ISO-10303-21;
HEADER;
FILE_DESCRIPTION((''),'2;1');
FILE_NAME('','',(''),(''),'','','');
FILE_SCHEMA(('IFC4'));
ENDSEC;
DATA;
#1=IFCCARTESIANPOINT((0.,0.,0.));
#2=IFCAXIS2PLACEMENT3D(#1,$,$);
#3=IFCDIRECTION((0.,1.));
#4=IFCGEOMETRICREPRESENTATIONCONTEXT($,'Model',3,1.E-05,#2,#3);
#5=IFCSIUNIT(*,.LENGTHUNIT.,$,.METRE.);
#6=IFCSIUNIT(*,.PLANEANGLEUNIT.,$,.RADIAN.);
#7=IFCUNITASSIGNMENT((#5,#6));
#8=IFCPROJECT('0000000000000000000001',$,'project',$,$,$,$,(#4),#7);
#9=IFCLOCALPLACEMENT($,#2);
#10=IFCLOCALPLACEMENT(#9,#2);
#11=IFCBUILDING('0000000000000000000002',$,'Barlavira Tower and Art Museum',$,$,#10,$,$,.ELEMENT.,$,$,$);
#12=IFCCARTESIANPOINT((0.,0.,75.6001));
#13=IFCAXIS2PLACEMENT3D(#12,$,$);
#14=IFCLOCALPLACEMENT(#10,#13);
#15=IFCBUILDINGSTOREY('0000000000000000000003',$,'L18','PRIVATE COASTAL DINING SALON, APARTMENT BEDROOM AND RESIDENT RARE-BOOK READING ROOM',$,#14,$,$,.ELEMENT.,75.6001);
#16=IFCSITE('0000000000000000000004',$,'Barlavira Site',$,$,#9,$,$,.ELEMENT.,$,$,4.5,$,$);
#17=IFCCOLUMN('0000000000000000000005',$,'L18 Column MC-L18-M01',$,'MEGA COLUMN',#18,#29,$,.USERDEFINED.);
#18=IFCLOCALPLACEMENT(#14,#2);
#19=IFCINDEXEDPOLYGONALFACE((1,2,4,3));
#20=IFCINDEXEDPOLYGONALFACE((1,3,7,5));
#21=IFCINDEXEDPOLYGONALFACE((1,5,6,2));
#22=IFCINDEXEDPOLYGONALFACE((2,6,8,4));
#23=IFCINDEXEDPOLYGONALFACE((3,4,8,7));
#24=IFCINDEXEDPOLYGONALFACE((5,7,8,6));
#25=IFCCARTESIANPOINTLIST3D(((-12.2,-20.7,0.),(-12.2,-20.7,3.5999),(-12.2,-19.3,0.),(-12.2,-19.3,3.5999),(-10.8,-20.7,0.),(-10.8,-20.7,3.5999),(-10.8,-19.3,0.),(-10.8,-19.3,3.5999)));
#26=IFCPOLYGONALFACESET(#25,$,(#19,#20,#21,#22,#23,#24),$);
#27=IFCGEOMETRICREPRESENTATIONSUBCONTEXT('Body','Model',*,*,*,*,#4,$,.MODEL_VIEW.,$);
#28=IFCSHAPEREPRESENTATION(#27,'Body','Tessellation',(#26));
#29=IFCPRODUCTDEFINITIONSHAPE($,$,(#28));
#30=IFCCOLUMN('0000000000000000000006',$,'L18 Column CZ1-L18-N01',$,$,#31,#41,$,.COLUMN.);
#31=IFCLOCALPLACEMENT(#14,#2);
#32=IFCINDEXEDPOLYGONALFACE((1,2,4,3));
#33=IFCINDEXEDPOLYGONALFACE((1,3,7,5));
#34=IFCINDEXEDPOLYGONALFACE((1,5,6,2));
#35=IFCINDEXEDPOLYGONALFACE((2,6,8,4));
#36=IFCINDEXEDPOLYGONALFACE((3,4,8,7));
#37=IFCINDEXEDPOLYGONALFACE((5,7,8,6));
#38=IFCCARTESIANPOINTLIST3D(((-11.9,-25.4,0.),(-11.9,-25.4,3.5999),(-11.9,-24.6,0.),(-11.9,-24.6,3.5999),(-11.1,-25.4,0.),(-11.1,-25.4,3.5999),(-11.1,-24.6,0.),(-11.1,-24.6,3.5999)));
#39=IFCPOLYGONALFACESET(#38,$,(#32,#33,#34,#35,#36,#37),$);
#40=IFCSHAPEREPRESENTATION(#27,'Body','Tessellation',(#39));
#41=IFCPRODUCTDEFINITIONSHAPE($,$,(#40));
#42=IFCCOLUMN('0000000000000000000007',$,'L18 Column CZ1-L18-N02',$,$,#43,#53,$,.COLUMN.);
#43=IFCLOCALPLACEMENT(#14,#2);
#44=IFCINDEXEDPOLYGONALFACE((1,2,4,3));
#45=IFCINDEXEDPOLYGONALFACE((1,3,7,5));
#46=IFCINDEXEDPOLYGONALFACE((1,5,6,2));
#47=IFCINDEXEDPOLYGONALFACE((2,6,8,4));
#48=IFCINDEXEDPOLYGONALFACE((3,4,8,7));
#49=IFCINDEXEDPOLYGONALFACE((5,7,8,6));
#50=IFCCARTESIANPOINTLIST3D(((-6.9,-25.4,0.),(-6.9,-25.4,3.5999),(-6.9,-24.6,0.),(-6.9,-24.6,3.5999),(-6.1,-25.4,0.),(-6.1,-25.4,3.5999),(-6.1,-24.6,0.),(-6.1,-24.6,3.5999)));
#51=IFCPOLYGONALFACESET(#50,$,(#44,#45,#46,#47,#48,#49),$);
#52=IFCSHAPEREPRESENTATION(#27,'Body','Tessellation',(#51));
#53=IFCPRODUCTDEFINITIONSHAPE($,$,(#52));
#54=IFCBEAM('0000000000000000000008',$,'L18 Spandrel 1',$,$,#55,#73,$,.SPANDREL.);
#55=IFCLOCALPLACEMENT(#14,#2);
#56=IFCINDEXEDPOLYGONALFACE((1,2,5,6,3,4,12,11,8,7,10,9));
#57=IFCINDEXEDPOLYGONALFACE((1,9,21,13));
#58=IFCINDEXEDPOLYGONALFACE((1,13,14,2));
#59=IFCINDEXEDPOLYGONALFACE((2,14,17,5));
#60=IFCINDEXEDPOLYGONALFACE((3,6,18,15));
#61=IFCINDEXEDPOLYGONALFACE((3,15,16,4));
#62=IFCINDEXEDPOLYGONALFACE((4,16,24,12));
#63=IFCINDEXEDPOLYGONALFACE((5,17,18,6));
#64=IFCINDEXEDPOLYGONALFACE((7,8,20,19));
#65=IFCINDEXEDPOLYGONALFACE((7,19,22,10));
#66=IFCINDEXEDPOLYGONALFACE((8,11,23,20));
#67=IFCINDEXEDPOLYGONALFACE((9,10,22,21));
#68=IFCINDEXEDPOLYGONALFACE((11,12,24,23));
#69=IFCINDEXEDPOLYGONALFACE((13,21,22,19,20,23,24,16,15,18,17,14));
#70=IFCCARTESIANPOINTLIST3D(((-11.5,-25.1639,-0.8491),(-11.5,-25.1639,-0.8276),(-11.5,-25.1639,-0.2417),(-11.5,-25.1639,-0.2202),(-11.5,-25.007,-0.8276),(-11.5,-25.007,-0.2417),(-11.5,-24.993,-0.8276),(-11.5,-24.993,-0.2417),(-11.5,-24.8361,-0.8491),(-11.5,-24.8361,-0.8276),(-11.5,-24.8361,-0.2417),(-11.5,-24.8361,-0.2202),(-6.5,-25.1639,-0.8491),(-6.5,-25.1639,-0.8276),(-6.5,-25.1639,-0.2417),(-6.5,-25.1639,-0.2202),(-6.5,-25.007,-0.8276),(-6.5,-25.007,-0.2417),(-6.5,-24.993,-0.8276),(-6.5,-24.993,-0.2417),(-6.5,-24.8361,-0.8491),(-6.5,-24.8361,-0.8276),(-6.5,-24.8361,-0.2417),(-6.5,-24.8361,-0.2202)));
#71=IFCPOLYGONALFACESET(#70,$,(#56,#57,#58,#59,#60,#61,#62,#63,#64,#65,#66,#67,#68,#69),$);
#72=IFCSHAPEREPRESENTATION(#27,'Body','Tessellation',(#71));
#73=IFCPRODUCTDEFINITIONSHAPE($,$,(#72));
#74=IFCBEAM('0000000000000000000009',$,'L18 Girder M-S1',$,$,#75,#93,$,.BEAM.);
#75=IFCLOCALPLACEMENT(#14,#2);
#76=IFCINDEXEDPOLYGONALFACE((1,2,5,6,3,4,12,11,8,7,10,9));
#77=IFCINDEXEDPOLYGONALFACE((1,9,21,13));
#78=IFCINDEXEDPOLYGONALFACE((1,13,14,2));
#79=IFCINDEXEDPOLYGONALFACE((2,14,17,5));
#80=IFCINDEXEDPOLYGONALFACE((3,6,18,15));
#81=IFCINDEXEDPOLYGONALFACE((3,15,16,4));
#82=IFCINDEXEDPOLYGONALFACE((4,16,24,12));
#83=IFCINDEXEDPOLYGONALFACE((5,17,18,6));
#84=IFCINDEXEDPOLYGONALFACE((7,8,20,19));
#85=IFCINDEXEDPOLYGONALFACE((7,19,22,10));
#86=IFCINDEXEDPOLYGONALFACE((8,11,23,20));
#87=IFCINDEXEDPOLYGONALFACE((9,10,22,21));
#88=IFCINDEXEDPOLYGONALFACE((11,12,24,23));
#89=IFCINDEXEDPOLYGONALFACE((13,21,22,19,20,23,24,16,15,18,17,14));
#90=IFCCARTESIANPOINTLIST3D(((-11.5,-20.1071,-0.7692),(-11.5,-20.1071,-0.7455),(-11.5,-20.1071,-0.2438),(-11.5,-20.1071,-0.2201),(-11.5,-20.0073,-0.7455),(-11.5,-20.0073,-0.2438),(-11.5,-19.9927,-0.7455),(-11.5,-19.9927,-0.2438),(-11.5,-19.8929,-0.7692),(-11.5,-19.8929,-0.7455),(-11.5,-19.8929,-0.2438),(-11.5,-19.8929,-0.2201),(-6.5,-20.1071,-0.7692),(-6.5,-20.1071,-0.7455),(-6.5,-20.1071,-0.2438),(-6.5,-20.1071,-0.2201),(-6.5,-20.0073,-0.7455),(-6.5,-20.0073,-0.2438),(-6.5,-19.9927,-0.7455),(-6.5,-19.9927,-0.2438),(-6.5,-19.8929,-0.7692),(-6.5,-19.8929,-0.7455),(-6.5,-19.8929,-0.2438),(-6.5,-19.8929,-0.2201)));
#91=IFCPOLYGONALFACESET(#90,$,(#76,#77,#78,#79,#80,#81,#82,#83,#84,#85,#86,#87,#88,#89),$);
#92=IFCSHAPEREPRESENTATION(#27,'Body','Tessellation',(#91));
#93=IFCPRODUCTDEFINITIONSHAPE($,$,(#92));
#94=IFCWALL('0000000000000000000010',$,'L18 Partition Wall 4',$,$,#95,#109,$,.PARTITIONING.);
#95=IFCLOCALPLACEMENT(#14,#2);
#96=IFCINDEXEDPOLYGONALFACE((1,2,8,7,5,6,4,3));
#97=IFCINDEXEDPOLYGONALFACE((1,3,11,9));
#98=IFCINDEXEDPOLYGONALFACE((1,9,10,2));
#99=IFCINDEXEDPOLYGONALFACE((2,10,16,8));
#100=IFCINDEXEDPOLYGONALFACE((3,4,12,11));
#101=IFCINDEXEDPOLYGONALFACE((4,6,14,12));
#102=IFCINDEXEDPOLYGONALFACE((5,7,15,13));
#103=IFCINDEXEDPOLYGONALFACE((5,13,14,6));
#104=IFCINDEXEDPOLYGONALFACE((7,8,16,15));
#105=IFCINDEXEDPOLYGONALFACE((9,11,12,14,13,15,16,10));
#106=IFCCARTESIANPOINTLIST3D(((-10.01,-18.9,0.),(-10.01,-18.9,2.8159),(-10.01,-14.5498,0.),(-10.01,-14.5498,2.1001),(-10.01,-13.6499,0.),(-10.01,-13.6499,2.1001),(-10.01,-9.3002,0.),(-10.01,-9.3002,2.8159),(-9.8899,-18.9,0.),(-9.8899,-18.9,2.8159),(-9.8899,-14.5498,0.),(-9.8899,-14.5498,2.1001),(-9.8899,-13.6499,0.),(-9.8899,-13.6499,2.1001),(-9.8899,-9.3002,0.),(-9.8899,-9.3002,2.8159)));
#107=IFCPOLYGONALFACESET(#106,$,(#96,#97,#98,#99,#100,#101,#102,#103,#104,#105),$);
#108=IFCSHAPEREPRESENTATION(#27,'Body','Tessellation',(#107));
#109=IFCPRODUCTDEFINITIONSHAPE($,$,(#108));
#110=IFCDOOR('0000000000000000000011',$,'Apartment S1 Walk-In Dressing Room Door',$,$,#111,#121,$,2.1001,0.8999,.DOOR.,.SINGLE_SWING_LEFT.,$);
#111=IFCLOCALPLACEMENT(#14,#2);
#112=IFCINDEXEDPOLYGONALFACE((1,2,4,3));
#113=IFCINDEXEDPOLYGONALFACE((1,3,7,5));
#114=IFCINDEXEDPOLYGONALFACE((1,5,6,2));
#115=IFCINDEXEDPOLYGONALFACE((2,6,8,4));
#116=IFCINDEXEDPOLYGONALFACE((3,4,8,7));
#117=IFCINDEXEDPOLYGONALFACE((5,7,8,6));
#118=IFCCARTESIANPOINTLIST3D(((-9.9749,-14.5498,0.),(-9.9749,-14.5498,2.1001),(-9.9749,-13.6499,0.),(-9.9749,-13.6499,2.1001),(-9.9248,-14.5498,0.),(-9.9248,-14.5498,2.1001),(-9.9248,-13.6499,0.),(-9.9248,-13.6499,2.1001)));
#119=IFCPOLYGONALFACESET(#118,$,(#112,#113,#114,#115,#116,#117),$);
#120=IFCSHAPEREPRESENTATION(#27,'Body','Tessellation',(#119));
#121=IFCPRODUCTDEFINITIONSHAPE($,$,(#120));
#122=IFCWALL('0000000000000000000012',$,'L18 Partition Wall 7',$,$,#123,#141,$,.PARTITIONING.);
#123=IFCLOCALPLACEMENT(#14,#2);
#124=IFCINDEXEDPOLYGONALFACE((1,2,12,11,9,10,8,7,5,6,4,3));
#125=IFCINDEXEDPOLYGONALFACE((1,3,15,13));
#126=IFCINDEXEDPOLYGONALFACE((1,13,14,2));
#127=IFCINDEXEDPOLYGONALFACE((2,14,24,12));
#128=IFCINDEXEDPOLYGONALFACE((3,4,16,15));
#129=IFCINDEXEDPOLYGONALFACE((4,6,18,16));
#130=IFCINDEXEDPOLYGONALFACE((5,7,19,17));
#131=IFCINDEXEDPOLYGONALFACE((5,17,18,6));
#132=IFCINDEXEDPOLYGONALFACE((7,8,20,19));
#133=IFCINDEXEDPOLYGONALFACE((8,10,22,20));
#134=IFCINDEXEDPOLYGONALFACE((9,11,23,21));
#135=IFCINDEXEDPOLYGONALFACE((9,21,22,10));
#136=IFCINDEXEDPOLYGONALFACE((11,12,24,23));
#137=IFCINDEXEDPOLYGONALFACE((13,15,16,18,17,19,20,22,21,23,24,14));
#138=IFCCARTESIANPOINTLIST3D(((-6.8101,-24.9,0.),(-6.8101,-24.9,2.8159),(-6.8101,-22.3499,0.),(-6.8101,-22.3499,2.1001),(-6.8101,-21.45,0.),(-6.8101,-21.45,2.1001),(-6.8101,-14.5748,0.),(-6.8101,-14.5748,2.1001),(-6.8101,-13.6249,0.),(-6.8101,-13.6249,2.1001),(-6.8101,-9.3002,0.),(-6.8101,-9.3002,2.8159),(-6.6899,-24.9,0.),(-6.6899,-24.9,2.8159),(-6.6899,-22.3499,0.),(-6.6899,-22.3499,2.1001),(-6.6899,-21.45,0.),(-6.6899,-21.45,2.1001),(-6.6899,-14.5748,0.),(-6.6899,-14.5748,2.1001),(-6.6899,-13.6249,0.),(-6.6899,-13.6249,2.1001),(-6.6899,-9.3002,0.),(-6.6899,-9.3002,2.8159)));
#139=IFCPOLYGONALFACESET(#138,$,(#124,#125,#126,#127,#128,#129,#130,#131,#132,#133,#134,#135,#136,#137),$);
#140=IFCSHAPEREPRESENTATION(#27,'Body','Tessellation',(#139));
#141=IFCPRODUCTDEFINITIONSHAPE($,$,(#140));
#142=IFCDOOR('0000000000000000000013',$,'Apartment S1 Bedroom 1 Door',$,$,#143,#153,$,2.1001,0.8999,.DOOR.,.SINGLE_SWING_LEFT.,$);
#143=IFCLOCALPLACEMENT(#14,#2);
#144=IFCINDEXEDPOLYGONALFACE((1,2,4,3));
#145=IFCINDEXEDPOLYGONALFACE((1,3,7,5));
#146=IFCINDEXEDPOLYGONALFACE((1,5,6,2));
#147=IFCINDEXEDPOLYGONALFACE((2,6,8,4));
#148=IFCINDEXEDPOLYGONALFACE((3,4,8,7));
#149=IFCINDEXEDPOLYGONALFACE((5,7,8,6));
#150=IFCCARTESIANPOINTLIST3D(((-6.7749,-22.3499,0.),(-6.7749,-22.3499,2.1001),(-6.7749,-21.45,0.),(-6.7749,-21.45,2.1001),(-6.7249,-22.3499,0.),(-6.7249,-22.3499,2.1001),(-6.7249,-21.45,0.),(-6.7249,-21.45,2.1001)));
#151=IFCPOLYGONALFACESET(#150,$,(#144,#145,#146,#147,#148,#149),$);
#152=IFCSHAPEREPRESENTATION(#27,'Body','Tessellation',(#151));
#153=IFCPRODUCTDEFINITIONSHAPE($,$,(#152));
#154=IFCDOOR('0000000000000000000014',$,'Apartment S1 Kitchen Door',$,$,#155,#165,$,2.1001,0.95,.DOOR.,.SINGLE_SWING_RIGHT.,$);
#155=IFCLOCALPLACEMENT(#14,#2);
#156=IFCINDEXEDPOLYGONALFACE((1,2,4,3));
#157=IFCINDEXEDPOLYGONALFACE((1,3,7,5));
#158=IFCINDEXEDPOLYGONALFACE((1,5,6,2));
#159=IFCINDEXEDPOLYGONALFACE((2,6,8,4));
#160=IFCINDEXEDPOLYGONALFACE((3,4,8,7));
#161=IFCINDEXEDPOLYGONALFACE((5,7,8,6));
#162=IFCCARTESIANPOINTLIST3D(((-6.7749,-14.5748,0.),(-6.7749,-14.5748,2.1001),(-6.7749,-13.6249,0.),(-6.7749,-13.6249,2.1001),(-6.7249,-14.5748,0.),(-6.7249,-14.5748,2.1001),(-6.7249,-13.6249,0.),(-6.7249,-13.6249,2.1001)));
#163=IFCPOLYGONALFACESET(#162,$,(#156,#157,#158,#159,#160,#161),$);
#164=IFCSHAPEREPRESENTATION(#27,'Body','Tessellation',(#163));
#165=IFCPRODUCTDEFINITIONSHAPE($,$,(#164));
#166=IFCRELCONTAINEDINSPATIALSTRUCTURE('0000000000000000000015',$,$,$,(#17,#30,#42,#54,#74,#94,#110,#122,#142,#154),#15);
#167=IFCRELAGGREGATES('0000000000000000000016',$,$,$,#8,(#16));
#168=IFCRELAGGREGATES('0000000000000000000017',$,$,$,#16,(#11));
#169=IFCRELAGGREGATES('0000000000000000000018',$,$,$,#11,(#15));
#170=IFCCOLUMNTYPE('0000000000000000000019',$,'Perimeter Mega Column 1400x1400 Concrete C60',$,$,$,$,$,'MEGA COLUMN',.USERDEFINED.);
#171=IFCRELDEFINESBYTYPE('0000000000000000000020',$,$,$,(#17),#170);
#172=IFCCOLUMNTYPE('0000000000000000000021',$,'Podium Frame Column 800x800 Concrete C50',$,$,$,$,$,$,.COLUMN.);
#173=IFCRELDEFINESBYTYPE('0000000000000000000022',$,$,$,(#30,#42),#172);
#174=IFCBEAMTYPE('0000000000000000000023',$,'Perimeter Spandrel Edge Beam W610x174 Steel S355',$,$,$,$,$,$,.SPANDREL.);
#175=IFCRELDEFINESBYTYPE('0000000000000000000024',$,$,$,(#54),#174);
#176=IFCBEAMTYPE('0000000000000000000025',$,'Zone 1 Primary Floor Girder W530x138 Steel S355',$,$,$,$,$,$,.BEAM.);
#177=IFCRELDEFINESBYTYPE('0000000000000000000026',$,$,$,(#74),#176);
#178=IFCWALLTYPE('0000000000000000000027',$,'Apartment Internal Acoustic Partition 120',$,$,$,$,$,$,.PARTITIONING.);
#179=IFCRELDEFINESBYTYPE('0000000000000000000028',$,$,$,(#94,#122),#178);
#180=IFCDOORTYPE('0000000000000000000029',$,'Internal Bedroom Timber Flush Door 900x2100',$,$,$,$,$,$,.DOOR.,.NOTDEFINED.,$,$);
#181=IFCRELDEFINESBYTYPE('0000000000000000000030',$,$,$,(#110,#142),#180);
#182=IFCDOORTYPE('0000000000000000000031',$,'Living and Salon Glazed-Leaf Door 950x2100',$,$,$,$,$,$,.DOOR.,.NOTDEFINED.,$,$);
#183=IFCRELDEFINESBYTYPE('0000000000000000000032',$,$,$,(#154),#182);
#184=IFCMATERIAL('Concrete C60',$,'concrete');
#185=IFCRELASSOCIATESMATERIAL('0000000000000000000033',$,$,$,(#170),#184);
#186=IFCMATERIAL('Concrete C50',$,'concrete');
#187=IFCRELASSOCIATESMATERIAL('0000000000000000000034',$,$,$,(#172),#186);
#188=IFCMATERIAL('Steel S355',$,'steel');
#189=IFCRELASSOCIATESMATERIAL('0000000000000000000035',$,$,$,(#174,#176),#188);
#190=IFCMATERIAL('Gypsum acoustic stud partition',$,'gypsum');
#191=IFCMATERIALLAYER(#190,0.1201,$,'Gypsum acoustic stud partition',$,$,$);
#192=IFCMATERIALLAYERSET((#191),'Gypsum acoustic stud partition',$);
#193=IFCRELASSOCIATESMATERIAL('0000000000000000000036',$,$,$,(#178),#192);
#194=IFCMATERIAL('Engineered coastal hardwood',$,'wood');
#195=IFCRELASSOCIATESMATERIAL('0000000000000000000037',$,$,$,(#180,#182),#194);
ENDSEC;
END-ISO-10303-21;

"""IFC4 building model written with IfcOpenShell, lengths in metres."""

from ifc_helpers import new_model, si_unit, direction, frame, frame_2d, origin, origin_2d, place, context, subcontext, project, spatial, rectangle, i_section, extrude, material, layer, layer_set, material_profile, profile_set, type_object, element, fill, save


model = new_model("IFC4")

# Units and contexts
model_context = context("Model", 3, precision=1e-05, world=origin(), true_north=direction((0.0, 1.0)))
body_context = subcontext(model_context, "Body", "Model", "MODEL_VIEW")
ifc_project = project(units=[si_unit("LENGTHUNIT", "METRE"), si_unit("PLANEANGLEUNIT", "RADIAN")], contexts=[model_context])

# Site, building, storey
site_placement = place(None, origin())
site = spatial("IfcSite", under=ifc_project, at=site_placement, Name="Barlavira Site", CompositionType="ELEMENT", RefElevation=4.5)
building_placement = place(site_placement, origin())
building = spatial("IfcBuilding", under=site, at=building_placement, Name="Barlavira Tower and Art Museum", CompositionType="ELEMENT")
storey_placement = place(building_placement, frame((0.0, 0.0, 75.6001)))
storey = spatial("IfcBuildingStorey", under=building, at=storey_placement, Name="L18", Description="PRIVATE COASTAL DINING SALON, APARTMENT BEDROOM AND RESIDENT RARE-BOOK READING ROOM", CompositionType="ELEMENT", Elevation=75.6001)

# Columns
ifc_material_1 = material(Name="Concrete C60", Category="concrete")
ifc_material_profile_1 = material_profile(ifc_material_1, rectangle(XDim=1.3999, YDim=1.3999, at=origin_2d()), Name="RC-MCOL 1400x1400")
ifc_profile_set_1 = profile_set([ifc_material_profile_1], Name="Concrete C60")
column_type_1 = type_object("IfcColumnType", Name="Perimeter Mega Column 1400x1400 Concrete C60", ElementType="MEGA COLUMN", PredefinedType="USERDEFINED", material=ifc_profile_set_1)
column_placement = place(storey_placement, frame((-11.5, -20.0, 0.0), z_axis=(0.0, 0.0, 1.0), x_axis=(1.0, 0.0, 0.0)))
element("IfcColumn", 1, at=column_placement, inside=storey, type_object=column_type_1, Name="L18 Column MC-L18-M01", ObjectType="MEGA COLUMN", PredefinedType="USERDEFINED", context=body_context, shape_type="SweptSolid", body=[
    extrude(rectangle(XDim=1.3999, YDim=1.3999, at=origin_2d()), origin(), (0.0, 0.0, 1.0), 3.5999),
])
ifc_material_2 = material(Name="Concrete C50", Category="concrete")
ifc_material_profile_2 = material_profile(ifc_material_2, rectangle(XDim=0.8, YDim=0.8, at=origin_2d()), Name="RC-COL 800x800")
ifc_profile_set_2 = profile_set([ifc_material_profile_2], Name="Concrete C50")
column_type_2 = type_object("IfcColumnType", Name="Podium Frame Column 800x800 Concrete C50", PredefinedType="COLUMN", material=ifc_profile_set_2)
for number, where, z_axis, x_axis, name in (
    (2, (-11.5, -25.0, 0.0), (0.0, 0.0, 1.0), (1.0, 0.0, 0.0), "L18 Column CZ1-L18-N01"),
    (3, (-6.5, -25.0, 0.0), (0.0, 0.0, 1.0), (1.0, 0.0, 0.0), "L18 Column CZ1-L18-N02"),
):
    element("IfcColumn", number, at=place(storey_placement, frame(where, z_axis=z_axis, x_axis=x_axis)), inside=storey, type_object=column_type_2, Name=name, PredefinedType="COLUMN", context=body_context, shape_type="SweptSolid", body=[
        extrude(rectangle(XDim=0.8, YDim=0.8, at=origin_2d()), origin(), (0.0, 0.0, 1.0), 3.5999),
    ])

# Beams
ifc_material_3 = material(Name="Steel S355", Category="steel")
ifc_material_profile_3 = material_profile(ifc_material_3, i_section(OverallWidth=0.3279, OverallDepth=0.6289, WebThickness=0.0139, FlangeThickness=0.0215, at=origin_2d()), Name="W610x174.0")
ifc_profile_set_3 = profile_set([ifc_material_profile_3], Name="Steel S355")
beam_type_1 = type_object("IfcBeamType", Name="Perimeter Spandrel Edge Beam W610x174 Steel S355", PredefinedType="SPANDREL", material=ifc_profile_set_3)
beam_1_placement = place(storey_placement, frame((-11.5, -25.0, -0.5347), z_axis=(1.0, 0.0, 0.0), x_axis=(0.0, 1.0, 0.0)))
element("IfcBeam", 4, at=beam_1_placement, inside=storey, type_object=beam_type_1, Name="L18 Spandrel 1", PredefinedType="SPANDREL", context=body_context, shape_type="SweptSolid", body=[
    extrude(i_section(OverallWidth=0.3279, OverallDepth=0.6289, WebThickness=0.0139, FlangeThickness=0.0215, at=origin_2d()), origin(), (0.0, 0.0, 1.0), 5.0),
])
ifc_material_profile_4 = material_profile(ifc_material_3, i_section(OverallWidth=0.2141, OverallDepth=0.5491, WebThickness=0.0146, FlangeThickness=0.0237, at=origin_2d()), Name="W530x138.0")
ifc_profile_set_4 = profile_set([ifc_material_profile_4], Name="Steel S355")
beam_type_2 = type_object("IfcBeamType", Name="Zone 1 Primary Floor Girder W530x138 Steel S355", PredefinedType="BEAM", material=ifc_profile_set_4)
beam_2_placement = place(storey_placement, frame((-11.5, -20.0, -0.4946), z_axis=(1.0, 0.0, 0.0), x_axis=(0.0, 1.0, 0.0)))
element("IfcBeam", 5, at=beam_2_placement, inside=storey, type_object=beam_type_2, Name="L18 Girder M-S1", PredefinedType="BEAM", context=body_context, shape_type="SweptSolid", body=[
    extrude(i_section(OverallWidth=0.2141, OverallDepth=0.5491, WebThickness=0.0146, FlangeThickness=0.0237, at=origin_2d()), origin(), (0.0, 0.0, 1.0), 5.0),
])

# Wall, opening, door
ifc_material_4 = material(Name="Gypsum acoustic stud partition", Category="gypsum")
ifc_layer_1 = layer(ifc_material_4, 0.1201, Name="Gypsum acoustic stud partition")
ifc_layer_set_1 = layer_set([ifc_layer_1], Name="Gypsum acoustic stud partition")
wall_type_1 = type_object("IfcWallType", Name="Apartment Internal Acoustic Partition 120", PredefinedType="PARTITIONING", material=ifc_layer_set_1)
wall_1_placement = place(storey_placement, frame((-9.95, -18.8999, 0.0), z_axis=(0.0, 0.0, 1.0), x_axis=(0.0, 1.0, 0.0)))
wall_1 = element("IfcWall", 6, at=wall_1_placement, inside=storey, type_object=wall_type_1, Name="L18 Partition Wall 4", PredefinedType="PARTITIONING", context=body_context, shape_type="SweptSolid", body=[
    extrude(rectangle(XDim=9.5999, YDim=0.1201, at=frame_2d((4.7998, 0.0))), origin(), (0.0, 0.0, 1.0), 2.8159),
])
opening_1_placement = place(wall_1_placement, frame((4.3501, 0.0, 0.0)))
opening_1 = element("IfcOpeningElement", 7, at=opening_1_placement, cuts=wall_1, PredefinedType="OPENING", context=body_context, shape_type="SweptSolid", body=[
    extrude(rectangle(XDim=0.8999, YDim=2.1001, at=frame_2d((0.45, 1.05))), frame((0.0, 0.0701, 0.0), z_axis=(0.0, -1.0, 0.0), x_axis=(1.0, 0.0, 0.0)), (0.0, 0.0, 1.0), 0.1401),
])
ifc_material_5 = material(Name="Engineered coastal hardwood", Category="wood")
door_type_1 = type_object("IfcDoorType", Name="Internal Bedroom Timber Flush Door 900x2100", OperationType="NOTDEFINED", PredefinedType="DOOR", material=ifc_material_5)
door_1_placement = place(opening_1_placement, origin())
door_1 = element("IfcDoor", 8, at=door_1_placement, inside=storey, type_object=door_type_1, Name="Apartment S1 Walk-In Dressing Room Door", OperationType="SINGLE_SWING_LEFT", OverallHeight=2.1001, OverallWidth=0.8999, PredefinedType="DOOR", context=body_context, shape_type="SweptSolid", body=[
    extrude(rectangle(XDim=0.8999, YDim=2.1001, at=frame_2d((0.45, 1.05))), frame((0.0, 0.0249, 0.0), z_axis=(0.0, -1.0, 0.0), x_axis=(1.0, 0.0, 0.0)), (0.0, 0.0, 1.0), 0.05),
])
fill(opening_1, door_1)

# Wall, openings, doors
wall_2_placement = place(storey_placement, frame((-6.75, -24.8999, 0.0), z_axis=(0.0, 0.0, 1.0), x_axis=(0.0, 1.0, 0.0)))
wall_2 = element("IfcWall", 9, at=wall_2_placement, inside=storey, type_object=wall_type_1, Name="L18 Partition Wall 7", PredefinedType="PARTITIONING", context=body_context, shape_type="SweptSolid", body=[
    extrude(rectangle(XDim=15.5999, YDim=0.1201, at=frame_2d((7.7998, 0.0))), origin(), (0.0, 0.0, 1.0), 2.8159),
])
opening_2_placement = place(wall_2_placement, frame((10.325, 0.0, 0.0)))
opening_2 = element("IfcOpeningElement", 10, at=opening_2_placement, cuts=wall_2, PredefinedType="OPENING", context=body_context, shape_type="SweptSolid", body=[
    extrude(rectangle(XDim=0.95, YDim=2.1001, at=frame_2d((0.4751, 1.05))), frame((0.0, 0.0701, 0.0), z_axis=(0.0, -1.0, 0.0), x_axis=(1.0, 0.0, 0.0)), (0.0, 0.0, 1.0), 0.1401),
])
opening_3_placement = place(wall_2_placement, frame((2.55, 0.0, 0.0)))
opening_3 = element("IfcOpeningElement", 11, at=opening_3_placement, cuts=wall_2, PredefinedType="OPENING", context=body_context, shape_type="SweptSolid", body=[
    extrude(rectangle(XDim=0.8999, YDim=2.1001, at=frame_2d((0.45, 1.05))), frame((0.0, 0.0701, 0.0), z_axis=(0.0, -1.0, 0.0), x_axis=(1.0, 0.0, 0.0)), (0.0, 0.0, 1.0), 0.1401),
])
door_2_placement = place(opening_3_placement, origin())
door_2 = element("IfcDoor", 12, at=door_2_placement, inside=storey, type_object=door_type_1, Name="Apartment S1 Bedroom 1 Door", OperationType="SINGLE_SWING_LEFT", OverallHeight=2.1001, OverallWidth=0.8999, PredefinedType="DOOR", context=body_context, shape_type="SweptSolid", body=[
    extrude(rectangle(XDim=0.8999, YDim=2.1001, at=frame_2d((0.45, 1.05))), frame((0.0, 0.0249, 0.0), z_axis=(0.0, -1.0, 0.0), x_axis=(1.0, 0.0, 0.0)), (0.0, 0.0, 1.0), 0.05),
])
fill(opening_3, door_2)
door_type_2 = type_object("IfcDoorType", Name="Living and Salon Glazed-Leaf Door 950x2100", OperationType="NOTDEFINED", PredefinedType="DOOR", material=ifc_material_5)
door_3_placement = place(opening_2_placement, origin())
door_3 = element("IfcDoor", 13, at=door_3_placement, inside=storey, type_object=door_type_2, Name="Apartment S1 Kitchen Door", OperationType="SINGLE_SWING_RIGHT", OverallHeight=2.1001, OverallWidth=0.95, PredefinedType="DOOR", context=body_context, shape_type="SweptSolid", body=[
    extrude(rectangle(XDim=0.95, YDim=2.1001, at=frame_2d((0.4751, 1.05))), frame((0.0, 0.0249, 0.0), z_axis=(0.0, -1.0, 0.0), x_axis=(1.0, 0.0, 0.0)), (0.0, 0.0, 1.0), 0.05),
])
fill(opening_2, door_3)

save(model, "model.ifc")
